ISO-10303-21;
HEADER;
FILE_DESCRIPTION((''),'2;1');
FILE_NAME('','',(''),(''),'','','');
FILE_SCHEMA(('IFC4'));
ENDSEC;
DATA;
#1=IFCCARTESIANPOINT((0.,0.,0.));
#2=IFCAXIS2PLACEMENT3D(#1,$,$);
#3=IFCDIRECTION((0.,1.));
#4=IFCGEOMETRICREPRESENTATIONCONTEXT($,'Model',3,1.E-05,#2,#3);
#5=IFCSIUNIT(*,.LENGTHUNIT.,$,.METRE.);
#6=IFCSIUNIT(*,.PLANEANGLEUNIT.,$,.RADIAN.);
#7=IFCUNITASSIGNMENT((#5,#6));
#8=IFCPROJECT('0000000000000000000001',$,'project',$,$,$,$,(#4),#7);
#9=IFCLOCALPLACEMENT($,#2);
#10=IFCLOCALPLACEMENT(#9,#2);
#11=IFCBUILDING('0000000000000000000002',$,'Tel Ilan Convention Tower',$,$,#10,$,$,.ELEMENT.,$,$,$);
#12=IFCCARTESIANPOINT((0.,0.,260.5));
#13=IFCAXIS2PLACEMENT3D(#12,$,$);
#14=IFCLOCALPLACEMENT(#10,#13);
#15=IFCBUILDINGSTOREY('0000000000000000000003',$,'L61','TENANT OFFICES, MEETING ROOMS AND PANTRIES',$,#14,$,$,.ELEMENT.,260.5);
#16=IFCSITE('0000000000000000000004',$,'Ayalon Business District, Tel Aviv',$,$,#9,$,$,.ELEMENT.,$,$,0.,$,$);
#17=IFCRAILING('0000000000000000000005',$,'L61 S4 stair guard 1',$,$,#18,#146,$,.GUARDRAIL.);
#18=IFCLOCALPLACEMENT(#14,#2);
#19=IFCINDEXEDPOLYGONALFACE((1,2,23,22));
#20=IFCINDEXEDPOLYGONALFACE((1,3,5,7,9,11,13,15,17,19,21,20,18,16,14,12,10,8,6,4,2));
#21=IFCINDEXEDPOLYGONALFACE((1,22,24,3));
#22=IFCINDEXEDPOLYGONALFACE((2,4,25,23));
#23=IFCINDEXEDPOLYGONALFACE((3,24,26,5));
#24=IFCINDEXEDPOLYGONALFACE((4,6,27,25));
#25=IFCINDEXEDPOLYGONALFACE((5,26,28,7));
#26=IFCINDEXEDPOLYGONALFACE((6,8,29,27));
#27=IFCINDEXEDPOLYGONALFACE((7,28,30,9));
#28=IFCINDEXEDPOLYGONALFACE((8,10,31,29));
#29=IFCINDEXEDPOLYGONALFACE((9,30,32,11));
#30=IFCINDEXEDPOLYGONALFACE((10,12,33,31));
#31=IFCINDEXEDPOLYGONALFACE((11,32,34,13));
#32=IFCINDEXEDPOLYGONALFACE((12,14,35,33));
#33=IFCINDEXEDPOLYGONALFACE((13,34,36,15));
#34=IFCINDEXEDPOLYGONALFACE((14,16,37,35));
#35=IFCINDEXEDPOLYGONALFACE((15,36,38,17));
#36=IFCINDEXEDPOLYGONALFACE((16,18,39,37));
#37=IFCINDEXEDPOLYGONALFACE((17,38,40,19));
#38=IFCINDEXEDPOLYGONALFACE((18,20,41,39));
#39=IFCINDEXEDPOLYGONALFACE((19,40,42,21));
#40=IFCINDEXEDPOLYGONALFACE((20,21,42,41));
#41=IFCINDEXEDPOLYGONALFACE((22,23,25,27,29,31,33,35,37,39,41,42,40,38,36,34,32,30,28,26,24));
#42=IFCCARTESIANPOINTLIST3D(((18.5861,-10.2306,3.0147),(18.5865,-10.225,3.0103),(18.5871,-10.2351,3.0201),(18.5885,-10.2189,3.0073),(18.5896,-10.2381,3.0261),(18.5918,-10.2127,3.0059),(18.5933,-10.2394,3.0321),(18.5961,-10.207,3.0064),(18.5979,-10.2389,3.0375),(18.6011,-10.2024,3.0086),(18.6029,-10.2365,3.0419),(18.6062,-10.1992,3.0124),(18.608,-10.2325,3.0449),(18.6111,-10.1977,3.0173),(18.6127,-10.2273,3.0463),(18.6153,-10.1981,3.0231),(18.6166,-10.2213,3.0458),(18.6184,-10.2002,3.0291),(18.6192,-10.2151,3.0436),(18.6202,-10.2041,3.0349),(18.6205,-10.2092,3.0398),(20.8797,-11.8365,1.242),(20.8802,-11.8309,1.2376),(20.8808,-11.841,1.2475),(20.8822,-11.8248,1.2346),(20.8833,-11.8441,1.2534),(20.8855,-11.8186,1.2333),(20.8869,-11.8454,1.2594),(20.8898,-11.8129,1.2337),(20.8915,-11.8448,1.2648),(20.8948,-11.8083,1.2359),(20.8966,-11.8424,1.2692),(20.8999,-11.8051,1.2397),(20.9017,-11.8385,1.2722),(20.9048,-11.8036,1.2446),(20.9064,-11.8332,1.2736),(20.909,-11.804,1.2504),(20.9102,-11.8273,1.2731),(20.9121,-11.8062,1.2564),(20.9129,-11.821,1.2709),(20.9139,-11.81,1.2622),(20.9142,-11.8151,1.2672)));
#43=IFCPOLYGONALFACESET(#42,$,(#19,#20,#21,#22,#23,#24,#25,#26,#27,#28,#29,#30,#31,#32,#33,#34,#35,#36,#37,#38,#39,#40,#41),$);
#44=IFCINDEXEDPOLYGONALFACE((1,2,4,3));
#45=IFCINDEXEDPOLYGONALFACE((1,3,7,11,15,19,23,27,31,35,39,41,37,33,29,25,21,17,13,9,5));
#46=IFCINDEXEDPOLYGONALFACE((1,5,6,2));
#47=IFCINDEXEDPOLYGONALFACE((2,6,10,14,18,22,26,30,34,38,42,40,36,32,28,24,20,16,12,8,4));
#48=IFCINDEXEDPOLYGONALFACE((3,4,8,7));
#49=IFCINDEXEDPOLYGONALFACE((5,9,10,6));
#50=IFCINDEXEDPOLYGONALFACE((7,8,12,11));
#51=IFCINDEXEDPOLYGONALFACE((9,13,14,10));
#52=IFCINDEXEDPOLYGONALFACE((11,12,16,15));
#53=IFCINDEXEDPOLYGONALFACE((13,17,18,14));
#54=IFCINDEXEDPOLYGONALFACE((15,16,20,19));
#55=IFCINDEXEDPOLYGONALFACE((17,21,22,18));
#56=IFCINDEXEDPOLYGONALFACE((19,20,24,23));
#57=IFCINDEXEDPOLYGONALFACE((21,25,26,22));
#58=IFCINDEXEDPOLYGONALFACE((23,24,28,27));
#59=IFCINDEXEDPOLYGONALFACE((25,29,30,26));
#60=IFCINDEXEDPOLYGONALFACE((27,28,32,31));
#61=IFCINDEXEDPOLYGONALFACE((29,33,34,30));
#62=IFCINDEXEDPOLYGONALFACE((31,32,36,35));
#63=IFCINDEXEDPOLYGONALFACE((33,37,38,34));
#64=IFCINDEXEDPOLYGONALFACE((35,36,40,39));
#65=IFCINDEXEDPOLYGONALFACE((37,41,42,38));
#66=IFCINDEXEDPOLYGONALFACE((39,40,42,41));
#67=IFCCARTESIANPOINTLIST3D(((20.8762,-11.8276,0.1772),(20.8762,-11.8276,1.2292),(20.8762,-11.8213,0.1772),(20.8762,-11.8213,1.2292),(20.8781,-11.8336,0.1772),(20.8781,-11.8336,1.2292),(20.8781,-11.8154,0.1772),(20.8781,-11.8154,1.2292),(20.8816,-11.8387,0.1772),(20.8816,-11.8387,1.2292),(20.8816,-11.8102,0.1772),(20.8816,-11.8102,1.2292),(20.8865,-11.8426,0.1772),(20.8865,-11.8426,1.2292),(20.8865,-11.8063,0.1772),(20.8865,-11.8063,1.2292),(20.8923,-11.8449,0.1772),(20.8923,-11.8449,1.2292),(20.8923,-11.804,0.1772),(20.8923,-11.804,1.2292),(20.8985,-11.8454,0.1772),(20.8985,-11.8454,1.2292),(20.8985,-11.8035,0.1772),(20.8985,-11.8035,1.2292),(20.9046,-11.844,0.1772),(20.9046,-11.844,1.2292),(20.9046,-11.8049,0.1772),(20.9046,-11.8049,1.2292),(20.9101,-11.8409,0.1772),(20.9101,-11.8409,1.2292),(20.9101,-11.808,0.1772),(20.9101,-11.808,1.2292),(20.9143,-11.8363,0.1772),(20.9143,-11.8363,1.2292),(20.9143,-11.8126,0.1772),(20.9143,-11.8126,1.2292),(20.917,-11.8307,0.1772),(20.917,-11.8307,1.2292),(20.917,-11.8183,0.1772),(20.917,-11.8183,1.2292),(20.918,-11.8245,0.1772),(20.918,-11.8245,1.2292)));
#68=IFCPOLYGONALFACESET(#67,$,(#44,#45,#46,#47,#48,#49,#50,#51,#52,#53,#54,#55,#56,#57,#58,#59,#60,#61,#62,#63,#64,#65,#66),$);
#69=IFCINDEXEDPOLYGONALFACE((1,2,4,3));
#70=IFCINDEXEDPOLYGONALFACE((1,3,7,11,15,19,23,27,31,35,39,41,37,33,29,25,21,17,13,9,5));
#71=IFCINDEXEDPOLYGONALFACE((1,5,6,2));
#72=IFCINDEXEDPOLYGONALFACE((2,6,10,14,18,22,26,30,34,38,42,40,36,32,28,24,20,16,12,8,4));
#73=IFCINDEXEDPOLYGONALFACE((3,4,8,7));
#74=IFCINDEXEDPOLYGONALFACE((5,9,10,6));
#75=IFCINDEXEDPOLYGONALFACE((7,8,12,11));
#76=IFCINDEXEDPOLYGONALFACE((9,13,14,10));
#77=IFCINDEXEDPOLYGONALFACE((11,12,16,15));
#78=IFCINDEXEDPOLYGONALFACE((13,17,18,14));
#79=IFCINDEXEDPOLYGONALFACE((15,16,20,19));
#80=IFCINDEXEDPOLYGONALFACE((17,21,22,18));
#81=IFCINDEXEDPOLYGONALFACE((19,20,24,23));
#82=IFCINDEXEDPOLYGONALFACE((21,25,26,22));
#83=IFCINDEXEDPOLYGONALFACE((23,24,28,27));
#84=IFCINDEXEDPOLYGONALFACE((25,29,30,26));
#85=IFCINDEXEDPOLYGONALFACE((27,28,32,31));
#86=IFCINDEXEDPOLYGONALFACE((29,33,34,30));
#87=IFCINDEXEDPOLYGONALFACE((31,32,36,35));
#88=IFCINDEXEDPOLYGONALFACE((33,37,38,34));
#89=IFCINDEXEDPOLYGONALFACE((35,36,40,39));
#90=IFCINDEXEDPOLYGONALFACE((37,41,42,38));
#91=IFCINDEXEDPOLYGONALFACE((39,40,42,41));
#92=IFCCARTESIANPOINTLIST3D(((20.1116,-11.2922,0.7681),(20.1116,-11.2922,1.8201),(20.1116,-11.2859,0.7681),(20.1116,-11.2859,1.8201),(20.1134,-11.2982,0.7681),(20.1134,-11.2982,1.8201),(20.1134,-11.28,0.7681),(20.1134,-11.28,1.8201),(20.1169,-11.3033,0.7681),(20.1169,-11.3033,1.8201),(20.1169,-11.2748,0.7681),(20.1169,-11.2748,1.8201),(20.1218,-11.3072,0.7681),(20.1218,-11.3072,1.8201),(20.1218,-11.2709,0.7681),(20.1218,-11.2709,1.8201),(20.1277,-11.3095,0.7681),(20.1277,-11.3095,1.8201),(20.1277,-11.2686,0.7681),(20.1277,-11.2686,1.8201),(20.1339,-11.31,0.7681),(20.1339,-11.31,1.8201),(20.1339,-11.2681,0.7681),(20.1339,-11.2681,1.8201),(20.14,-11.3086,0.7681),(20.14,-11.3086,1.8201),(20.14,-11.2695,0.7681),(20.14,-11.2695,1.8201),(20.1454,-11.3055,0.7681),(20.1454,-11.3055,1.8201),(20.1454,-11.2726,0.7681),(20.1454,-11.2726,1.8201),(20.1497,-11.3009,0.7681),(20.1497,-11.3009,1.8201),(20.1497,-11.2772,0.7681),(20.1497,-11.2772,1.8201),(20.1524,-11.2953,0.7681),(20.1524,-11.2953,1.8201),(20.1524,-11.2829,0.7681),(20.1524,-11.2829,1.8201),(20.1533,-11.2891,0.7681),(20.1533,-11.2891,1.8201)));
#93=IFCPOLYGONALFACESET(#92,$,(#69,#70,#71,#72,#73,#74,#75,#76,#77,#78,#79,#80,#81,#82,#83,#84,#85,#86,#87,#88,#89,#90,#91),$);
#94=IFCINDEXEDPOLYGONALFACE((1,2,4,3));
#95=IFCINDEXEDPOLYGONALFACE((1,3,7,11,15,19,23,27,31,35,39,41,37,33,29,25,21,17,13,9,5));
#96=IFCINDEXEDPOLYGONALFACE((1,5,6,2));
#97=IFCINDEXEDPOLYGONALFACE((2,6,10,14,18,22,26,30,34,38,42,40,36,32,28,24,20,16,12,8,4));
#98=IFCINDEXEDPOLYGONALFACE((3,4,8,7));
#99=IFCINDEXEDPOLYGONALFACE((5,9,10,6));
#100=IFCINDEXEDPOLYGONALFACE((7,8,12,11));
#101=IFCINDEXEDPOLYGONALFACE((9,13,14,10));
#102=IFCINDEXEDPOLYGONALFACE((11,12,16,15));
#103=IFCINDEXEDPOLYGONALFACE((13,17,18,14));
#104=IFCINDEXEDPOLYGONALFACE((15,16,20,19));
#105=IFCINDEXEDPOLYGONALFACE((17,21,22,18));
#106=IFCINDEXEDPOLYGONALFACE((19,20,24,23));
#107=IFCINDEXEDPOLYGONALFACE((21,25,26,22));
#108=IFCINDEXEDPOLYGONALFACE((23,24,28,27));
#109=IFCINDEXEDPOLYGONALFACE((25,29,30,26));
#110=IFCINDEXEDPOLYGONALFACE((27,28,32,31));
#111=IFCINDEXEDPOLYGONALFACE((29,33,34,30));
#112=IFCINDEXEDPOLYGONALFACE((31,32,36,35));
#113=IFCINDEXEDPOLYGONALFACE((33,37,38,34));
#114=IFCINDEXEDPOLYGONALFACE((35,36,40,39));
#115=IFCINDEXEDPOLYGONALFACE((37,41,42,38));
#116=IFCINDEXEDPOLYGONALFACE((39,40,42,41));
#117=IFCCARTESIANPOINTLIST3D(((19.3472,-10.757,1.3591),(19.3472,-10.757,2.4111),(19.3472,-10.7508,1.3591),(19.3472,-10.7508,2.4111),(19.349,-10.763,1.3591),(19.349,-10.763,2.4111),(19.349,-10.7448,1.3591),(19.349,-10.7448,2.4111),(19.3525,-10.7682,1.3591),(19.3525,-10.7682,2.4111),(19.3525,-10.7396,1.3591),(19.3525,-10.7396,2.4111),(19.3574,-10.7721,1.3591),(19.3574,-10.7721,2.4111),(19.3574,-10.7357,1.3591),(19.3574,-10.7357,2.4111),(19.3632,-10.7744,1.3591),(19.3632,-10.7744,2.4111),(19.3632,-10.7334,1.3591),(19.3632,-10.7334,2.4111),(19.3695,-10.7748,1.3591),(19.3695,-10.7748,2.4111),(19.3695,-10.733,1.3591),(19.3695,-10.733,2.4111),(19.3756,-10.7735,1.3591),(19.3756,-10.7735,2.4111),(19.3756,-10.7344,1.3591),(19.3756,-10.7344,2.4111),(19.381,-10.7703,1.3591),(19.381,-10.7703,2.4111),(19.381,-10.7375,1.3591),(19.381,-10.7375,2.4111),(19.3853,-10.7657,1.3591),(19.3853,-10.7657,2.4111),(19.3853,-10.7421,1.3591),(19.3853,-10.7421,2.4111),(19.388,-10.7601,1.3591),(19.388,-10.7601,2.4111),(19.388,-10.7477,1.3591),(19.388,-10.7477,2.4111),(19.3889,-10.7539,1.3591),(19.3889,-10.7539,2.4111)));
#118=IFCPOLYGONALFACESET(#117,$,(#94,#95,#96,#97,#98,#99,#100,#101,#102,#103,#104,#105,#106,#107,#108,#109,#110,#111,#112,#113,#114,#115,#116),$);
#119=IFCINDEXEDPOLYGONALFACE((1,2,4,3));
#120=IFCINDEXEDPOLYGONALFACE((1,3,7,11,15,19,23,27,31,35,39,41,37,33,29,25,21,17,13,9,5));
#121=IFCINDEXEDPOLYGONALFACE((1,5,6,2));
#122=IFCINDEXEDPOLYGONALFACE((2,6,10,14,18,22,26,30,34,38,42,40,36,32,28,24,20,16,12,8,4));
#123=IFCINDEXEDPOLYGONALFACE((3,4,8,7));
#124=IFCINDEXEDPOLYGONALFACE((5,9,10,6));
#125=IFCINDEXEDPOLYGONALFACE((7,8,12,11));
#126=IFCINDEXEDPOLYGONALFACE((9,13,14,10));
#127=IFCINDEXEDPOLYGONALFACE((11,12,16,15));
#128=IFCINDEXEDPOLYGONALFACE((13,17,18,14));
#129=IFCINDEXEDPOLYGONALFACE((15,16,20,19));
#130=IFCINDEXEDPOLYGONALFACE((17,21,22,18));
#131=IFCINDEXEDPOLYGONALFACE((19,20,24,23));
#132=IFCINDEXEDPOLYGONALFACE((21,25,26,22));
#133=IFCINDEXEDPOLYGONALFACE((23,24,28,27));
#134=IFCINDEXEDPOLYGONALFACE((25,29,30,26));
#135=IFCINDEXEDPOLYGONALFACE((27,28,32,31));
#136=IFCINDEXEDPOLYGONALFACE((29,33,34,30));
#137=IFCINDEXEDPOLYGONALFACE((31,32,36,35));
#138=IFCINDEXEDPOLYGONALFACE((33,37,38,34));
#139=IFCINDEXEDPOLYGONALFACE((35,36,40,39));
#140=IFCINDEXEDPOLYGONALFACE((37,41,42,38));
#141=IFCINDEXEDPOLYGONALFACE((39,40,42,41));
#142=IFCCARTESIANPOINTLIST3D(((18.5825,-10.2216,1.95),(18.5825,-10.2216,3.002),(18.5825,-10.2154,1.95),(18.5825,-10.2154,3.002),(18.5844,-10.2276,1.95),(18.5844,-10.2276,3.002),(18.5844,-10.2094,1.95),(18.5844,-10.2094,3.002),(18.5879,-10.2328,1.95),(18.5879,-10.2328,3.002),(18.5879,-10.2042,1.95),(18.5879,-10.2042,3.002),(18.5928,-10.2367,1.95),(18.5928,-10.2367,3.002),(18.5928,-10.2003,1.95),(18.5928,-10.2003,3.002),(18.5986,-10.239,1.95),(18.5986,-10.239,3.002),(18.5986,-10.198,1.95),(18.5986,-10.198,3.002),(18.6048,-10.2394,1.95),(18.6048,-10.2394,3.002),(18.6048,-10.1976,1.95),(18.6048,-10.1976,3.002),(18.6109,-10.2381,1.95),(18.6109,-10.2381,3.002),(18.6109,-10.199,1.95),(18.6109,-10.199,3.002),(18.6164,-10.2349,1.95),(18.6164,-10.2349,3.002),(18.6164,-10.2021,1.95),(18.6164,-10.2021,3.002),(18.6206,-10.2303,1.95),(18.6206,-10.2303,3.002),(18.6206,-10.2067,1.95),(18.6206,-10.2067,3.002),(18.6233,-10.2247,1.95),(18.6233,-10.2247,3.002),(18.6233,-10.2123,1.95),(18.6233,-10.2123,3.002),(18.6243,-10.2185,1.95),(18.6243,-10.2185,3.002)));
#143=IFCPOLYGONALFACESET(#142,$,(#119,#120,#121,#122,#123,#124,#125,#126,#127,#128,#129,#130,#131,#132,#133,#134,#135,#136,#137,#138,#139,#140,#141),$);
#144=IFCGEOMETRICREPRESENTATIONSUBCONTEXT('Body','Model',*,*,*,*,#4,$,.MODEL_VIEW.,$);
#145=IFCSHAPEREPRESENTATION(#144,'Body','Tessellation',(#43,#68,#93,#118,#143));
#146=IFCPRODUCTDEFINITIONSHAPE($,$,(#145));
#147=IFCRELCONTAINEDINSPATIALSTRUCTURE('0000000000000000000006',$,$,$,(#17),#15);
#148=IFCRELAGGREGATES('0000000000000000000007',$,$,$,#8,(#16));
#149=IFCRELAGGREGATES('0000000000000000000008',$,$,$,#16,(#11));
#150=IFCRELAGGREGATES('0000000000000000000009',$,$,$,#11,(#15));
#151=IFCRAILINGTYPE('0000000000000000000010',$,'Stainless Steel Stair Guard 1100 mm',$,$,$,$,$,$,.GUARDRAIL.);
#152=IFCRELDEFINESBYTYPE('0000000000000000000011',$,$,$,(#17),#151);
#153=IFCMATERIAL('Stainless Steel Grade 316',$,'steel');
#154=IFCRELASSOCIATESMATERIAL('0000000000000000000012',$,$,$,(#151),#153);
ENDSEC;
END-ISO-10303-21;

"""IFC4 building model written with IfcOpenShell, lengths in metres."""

from ifc_helpers import new_model, si_unit, direction, frame, origin, origin_2d, place, context, subcontext, project, spatial, circle, extrude, material, type_object, element, save


model = new_model("IFC4")

# Units and contexts
model_context = context("Model", 3, precision=1e-05, world=origin(), true_north=direction((0.0, 1.0)))
body_context = subcontext(model_context, "Body", "Model", "MODEL_VIEW")
ifc_project = project(units=[si_unit("LENGTHUNIT", "METRE"), si_unit("PLANEANGLEUNIT", "RADIAN")], contexts=[model_context])

# Site, building, storey
site_placement = place(None, origin())
site = spatial("IfcSite", under=ifc_project, at=site_placement, Name="Ayalon Business District, Tel Aviv", CompositionType="ELEMENT", RefElevation=0.0)
building_placement = place(site_placement, origin())
building = spatial("IfcBuilding", under=site, at=building_placement, Name="Tel Ilan Convention Tower", CompositionType="ELEMENT")
storey_placement = place(building_placement, frame((0.0, 0.0, 260.5)))
storey = spatial("IfcBuildingStorey", under=building, at=storey_placement, Name="L61", Description="TENANT OFFICES, MEETING ROOMS AND PANTRIES", CompositionType="ELEMENT", Elevation=260.5)

# Railing
ifc_material_1 = material(Name="Stainless Steel Grade 316", Category="steel")
railing_type_1 = type_object("IfcRailingType", Name="Stainless Steel Stair Guard 1100 mm", PredefinedType="GUARDRAIL", material=ifc_material_1)
railing_1_placement = place(storey_placement, frame((20.897, -11.8245, 0.1772)))
element("IfcRailing", 1, at=railing_1_placement, inside=storey, type_object=railing_type_1, Name="L61 S4 stair guard 1", PredefinedType="GUARDRAIL", context=body_context, shape_type="SweptSolid", body=[
    extrude(circle(Radius=0.0239, at=origin_2d()), frame((0.0, 0.0, 1.0762), z_axis=(-0.692123, 0.484597, 0.534913), x_axis=(-0.57355, -0.81917, 0.0)), (0.0, 0.0, 1.0), 3.314),
    extrude(circle(Radius=0.021, at=origin_2d()), origin(), (0.0, 0.0, 1.0), 1.052),
    extrude(circle(Radius=0.021, at=origin_2d()), frame((-0.7646, 0.5354, 0.5908)), (0.0, 0.0, 1.0), 1.052),
    extrude(circle(Radius=0.021, at=origin_2d()), frame((-1.5291, 1.0706, 1.1819)), (0.0, 0.0, 1.0), 1.052),
    extrude(circle(Radius=0.021, at=origin_2d()), frame((-2.2937, 1.606, 1.7727)), (0.0, 0.0, 1.0), 1.052),
])

save(model, "model.ifc")
